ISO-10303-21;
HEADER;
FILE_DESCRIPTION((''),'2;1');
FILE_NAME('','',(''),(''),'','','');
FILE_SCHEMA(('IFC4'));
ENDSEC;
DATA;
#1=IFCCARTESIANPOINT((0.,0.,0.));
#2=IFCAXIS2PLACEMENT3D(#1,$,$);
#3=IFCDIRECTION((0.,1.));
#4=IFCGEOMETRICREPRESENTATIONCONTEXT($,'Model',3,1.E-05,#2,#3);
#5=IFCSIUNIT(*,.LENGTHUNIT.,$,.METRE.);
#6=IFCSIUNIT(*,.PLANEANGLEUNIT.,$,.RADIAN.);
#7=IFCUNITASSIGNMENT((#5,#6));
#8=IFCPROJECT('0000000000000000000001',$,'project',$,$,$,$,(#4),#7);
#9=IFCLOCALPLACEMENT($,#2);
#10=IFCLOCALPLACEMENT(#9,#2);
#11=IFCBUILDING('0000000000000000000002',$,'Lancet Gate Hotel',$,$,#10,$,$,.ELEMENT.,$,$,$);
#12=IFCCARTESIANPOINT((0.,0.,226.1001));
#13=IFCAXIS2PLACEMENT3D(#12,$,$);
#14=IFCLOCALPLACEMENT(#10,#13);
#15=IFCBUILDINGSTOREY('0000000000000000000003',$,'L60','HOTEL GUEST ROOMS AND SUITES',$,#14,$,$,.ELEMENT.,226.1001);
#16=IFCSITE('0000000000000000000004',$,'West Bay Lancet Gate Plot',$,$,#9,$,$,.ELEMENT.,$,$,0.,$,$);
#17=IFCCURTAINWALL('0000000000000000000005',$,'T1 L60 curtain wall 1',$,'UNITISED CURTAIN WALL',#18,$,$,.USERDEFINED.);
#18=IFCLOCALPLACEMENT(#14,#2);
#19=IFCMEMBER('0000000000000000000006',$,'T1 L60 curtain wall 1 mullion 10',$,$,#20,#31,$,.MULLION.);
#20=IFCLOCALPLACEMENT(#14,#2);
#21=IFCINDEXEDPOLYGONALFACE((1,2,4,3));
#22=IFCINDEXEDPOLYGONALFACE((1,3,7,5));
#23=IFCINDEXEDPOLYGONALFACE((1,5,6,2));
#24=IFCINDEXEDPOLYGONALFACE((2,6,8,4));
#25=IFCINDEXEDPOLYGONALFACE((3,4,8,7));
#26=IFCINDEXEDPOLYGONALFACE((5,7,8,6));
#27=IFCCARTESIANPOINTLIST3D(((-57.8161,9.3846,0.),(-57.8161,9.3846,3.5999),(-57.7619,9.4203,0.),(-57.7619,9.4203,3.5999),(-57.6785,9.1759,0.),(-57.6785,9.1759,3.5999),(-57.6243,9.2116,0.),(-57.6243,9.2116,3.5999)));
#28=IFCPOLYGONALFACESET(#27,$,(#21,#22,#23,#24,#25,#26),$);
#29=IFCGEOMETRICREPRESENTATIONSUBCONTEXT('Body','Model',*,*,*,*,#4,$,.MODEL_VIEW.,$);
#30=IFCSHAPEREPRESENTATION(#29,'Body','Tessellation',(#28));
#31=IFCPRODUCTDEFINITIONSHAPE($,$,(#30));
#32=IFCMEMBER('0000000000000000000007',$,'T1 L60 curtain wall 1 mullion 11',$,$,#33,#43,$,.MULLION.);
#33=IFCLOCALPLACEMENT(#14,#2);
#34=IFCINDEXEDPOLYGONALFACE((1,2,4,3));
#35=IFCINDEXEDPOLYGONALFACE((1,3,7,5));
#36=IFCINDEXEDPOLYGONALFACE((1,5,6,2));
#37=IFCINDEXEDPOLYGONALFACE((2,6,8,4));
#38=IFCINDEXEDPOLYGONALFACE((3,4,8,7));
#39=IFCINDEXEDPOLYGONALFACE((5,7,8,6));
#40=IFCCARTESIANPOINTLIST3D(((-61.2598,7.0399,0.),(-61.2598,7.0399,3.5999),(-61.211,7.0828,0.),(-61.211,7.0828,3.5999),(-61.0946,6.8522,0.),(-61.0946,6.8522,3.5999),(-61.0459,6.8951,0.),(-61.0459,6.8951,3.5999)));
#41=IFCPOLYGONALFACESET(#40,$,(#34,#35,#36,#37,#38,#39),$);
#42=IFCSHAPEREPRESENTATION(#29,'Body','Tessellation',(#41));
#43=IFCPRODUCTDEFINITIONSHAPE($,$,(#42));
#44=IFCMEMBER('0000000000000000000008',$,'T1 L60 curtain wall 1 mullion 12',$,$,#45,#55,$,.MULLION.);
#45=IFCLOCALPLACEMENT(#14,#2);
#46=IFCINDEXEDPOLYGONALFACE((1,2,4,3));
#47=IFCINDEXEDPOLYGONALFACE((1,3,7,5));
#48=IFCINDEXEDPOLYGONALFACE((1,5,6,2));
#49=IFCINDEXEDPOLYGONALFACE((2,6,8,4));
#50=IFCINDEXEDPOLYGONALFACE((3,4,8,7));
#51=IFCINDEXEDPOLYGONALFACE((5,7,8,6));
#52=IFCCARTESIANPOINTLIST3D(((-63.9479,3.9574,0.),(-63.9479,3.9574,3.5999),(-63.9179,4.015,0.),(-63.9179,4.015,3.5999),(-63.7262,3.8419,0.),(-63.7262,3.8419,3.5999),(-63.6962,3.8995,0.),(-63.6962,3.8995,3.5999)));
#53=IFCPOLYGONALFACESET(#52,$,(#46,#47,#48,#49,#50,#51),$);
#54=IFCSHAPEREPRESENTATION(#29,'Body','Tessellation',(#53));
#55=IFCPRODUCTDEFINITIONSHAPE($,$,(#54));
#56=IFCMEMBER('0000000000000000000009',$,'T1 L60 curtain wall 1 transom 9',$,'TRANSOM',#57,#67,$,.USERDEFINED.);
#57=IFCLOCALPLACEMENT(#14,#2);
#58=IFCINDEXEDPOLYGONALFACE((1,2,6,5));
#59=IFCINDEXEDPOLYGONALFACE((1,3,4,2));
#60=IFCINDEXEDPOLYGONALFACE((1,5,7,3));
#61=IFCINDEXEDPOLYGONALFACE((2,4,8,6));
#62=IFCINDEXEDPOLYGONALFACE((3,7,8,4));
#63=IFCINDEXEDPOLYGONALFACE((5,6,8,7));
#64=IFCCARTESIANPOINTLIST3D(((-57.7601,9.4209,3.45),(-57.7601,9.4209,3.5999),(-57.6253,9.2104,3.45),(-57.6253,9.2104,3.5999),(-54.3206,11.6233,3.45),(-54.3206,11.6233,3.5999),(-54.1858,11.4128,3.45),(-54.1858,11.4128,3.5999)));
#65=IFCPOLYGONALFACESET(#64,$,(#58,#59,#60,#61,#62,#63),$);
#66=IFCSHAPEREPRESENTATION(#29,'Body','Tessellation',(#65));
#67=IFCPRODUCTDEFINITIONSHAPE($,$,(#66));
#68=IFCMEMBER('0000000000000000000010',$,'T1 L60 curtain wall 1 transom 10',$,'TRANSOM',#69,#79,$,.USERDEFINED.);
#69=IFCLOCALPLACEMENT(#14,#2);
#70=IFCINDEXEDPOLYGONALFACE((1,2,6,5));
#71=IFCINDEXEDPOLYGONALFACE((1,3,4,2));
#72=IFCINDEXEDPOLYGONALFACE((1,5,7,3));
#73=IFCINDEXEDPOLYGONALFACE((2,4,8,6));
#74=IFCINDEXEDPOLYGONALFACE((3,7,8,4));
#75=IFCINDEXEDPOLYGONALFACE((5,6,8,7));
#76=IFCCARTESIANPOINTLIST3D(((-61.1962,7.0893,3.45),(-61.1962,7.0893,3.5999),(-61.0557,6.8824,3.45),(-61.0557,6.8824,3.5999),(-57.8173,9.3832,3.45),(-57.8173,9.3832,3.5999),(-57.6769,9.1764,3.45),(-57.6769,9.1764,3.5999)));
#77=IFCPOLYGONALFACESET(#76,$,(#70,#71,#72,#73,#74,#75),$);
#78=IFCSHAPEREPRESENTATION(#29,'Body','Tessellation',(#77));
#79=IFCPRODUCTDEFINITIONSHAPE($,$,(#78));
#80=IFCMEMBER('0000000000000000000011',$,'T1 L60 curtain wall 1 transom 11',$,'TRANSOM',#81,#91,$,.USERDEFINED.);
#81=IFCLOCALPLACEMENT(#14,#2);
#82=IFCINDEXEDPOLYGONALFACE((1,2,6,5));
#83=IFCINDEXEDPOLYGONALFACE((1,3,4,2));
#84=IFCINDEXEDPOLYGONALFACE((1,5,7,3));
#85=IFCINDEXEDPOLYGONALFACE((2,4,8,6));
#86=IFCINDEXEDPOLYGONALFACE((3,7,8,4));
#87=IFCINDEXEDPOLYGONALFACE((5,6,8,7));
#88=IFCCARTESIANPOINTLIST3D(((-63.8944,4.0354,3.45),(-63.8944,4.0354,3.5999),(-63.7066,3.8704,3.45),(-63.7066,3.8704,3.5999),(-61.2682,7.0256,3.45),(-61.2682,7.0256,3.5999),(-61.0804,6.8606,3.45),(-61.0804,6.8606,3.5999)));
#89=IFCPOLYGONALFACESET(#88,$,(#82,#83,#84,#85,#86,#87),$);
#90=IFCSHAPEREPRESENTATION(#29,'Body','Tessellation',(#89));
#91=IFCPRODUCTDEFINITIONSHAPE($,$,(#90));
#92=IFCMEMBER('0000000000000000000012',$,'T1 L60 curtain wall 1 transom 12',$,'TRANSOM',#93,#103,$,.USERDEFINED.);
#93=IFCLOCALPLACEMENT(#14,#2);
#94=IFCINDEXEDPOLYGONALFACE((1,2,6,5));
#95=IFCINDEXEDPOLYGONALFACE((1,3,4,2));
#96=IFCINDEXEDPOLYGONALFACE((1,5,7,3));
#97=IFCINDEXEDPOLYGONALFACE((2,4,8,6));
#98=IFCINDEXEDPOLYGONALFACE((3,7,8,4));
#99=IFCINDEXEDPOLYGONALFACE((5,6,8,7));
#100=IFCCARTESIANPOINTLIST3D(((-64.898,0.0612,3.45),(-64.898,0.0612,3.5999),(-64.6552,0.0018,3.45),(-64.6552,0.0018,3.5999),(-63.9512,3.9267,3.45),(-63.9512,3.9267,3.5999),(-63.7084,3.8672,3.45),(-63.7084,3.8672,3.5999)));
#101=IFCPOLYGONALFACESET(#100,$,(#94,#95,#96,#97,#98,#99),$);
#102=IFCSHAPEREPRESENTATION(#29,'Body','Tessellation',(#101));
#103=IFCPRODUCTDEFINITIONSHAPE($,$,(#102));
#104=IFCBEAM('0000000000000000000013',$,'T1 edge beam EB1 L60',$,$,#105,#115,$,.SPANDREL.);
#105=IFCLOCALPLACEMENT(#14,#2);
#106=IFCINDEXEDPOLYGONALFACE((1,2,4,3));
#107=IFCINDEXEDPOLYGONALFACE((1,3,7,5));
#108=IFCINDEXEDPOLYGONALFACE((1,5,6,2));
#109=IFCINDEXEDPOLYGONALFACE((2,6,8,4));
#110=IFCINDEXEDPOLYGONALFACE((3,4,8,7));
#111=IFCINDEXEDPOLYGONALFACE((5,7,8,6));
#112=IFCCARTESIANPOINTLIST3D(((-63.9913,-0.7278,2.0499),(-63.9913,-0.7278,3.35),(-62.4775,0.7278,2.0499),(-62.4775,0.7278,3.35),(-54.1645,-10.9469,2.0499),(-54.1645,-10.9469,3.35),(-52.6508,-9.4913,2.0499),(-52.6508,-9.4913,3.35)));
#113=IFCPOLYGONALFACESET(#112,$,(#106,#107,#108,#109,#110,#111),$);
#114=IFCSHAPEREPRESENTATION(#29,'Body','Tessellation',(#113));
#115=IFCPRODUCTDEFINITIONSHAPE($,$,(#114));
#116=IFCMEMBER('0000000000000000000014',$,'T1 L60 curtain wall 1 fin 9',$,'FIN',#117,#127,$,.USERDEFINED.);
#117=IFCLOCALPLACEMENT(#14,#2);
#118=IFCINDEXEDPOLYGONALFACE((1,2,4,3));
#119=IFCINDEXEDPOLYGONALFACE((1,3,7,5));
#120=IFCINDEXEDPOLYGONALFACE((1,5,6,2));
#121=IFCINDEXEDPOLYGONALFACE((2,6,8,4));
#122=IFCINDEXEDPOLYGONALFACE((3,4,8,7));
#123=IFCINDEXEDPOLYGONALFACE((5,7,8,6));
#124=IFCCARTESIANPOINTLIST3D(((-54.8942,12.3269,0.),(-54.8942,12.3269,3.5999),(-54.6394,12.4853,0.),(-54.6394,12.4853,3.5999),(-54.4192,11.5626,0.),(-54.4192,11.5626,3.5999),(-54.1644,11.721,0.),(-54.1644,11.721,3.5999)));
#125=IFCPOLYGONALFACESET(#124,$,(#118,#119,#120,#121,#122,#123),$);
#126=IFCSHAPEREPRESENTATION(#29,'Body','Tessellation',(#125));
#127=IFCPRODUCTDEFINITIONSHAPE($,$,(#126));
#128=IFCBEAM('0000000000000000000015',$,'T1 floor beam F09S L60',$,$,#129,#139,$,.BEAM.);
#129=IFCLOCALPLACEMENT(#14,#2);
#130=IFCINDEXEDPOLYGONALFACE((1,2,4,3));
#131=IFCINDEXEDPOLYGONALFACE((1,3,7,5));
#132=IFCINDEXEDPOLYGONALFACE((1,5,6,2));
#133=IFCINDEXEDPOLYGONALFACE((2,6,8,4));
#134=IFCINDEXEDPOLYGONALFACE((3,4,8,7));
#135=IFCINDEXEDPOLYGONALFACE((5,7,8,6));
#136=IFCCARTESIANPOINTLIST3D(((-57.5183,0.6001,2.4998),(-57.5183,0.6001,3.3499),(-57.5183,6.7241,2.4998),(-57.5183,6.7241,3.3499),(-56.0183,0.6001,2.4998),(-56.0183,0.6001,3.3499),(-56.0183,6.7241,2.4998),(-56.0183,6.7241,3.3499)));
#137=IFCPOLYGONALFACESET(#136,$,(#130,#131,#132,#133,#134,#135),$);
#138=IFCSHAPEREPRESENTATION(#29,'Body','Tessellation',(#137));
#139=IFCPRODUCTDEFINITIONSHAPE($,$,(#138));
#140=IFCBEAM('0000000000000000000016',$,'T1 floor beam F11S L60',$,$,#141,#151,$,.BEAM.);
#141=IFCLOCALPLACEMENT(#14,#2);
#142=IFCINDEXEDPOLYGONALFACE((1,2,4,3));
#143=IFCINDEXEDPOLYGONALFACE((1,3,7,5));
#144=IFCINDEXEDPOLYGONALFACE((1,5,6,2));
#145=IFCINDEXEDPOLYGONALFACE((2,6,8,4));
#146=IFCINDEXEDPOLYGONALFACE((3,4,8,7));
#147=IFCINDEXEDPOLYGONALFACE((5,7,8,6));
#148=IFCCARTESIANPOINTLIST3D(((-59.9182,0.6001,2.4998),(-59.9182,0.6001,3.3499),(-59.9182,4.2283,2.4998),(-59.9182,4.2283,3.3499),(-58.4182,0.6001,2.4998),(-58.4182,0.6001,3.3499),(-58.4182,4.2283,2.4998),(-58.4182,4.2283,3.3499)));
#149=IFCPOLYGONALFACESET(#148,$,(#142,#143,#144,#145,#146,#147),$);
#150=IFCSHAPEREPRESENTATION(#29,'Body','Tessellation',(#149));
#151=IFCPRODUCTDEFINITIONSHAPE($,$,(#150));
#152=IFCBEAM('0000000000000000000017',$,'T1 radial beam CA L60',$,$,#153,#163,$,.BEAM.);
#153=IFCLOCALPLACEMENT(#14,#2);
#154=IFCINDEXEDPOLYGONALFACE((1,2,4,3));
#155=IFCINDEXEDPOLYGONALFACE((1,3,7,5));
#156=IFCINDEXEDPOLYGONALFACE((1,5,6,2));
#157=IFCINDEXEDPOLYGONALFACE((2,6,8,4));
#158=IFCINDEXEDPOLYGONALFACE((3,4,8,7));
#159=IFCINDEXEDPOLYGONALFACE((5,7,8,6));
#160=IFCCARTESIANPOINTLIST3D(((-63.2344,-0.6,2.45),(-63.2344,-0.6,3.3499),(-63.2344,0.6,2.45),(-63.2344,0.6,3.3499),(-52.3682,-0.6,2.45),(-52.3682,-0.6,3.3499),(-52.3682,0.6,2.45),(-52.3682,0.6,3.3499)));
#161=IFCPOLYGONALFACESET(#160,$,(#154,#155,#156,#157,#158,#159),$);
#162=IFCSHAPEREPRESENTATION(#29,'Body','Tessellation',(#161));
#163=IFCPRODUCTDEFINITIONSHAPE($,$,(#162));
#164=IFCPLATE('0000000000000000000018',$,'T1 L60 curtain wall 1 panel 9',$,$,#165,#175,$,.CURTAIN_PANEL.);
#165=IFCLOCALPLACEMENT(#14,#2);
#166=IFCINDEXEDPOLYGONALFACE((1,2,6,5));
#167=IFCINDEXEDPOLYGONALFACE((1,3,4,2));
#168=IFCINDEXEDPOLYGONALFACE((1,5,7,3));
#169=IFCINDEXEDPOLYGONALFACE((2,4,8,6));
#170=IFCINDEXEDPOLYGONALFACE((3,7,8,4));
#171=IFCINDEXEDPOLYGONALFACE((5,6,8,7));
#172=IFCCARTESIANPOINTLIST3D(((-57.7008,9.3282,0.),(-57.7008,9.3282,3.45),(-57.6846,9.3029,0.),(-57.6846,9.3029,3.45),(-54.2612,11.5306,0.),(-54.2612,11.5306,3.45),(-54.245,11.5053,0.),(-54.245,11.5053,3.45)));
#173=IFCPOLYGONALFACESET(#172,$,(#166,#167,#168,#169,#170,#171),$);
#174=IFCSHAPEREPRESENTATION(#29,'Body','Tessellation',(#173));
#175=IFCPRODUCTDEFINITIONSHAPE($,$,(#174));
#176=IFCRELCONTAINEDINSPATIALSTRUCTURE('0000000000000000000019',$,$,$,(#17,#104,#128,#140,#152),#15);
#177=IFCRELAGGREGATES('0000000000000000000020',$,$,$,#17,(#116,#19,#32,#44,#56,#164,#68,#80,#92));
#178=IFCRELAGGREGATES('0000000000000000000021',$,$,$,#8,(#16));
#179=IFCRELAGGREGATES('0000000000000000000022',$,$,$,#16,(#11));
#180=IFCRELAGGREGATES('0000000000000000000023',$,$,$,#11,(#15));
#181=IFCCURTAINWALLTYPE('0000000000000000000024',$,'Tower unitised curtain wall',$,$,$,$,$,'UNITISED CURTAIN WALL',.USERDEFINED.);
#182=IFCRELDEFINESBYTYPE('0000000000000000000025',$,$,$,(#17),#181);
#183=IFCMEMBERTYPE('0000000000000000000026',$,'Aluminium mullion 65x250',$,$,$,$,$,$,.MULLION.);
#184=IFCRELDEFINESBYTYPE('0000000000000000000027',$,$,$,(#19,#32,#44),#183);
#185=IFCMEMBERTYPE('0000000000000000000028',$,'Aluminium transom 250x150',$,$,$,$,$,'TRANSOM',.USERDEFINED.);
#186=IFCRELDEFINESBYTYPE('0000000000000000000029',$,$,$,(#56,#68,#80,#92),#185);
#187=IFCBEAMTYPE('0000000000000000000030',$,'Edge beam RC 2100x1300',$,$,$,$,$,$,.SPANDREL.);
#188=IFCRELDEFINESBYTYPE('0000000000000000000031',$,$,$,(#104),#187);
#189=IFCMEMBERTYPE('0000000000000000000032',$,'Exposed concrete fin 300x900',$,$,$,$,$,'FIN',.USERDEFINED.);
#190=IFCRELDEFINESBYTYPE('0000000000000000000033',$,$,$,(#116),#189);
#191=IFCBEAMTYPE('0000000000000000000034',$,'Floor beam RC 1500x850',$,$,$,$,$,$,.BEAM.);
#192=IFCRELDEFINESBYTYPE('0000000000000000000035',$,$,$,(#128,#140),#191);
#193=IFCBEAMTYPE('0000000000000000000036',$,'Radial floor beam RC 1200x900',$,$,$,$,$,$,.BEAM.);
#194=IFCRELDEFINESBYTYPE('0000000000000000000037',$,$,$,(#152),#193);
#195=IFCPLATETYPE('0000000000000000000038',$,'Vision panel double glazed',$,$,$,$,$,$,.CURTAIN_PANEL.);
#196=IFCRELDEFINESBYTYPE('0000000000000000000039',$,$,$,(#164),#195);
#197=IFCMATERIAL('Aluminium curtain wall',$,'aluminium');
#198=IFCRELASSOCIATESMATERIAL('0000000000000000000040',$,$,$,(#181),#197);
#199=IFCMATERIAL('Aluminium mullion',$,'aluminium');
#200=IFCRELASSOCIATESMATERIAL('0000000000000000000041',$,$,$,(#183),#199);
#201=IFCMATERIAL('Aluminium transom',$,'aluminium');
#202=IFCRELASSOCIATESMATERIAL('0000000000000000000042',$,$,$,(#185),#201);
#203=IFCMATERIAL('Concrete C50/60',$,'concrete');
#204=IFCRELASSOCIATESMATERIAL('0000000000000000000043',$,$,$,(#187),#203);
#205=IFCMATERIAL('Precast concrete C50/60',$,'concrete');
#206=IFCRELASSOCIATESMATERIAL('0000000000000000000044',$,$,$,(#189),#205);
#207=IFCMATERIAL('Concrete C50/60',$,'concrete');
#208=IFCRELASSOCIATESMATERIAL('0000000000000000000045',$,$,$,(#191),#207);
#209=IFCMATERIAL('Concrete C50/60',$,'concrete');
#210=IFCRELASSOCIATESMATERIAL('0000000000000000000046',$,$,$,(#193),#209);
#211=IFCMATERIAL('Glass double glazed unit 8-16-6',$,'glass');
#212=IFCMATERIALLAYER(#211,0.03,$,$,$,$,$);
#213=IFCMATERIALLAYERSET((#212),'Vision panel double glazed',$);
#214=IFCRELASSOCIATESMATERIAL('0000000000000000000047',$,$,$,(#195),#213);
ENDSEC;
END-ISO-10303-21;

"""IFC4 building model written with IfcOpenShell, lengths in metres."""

from ifc_helpers import new_model, si_unit, direction, frame, origin, origin_2d, place, context, subcontext, project, spatial, rectangle, extrude, material, layer, layer_set, material_profile, profile_set, type_object, element, aggregate, save


model = new_model("IFC4")

# Units and contexts
model_context = context("Model", 3, precision=1e-05, world=origin(), true_north=direction((0.0, 1.0)))
body_context = subcontext(model_context, "Body", "Model", "MODEL_VIEW")
ifc_project = project(units=[si_unit("LENGTHUNIT", "METRE"), si_unit("PLANEANGLEUNIT", "RADIAN")], contexts=[model_context])

# Site, building, storey
site_placement = place(None, origin())
site = spatial("IfcSite", under=ifc_project, at=site_placement, Name="West Bay Lancet Gate Plot", CompositionType="ELEMENT", RefElevation=0.0)
building_placement = place(site_placement, origin())
building = spatial("IfcBuilding", under=site, at=building_placement, Name="Lancet Gate Hotel", CompositionType="ELEMENT")
storey_placement = place(building_placement, frame((0.0, 0.0, 226.1001)))
storey = spatial("IfcBuildingStorey", under=building, at=storey_placement, Name="L60", Description="HOTEL GUEST ROOMS AND SUITES", CompositionType="ELEMENT", Elevation=226.1001)

# Curtain wall, members
ifc_material_1 = material(Name="Aluminium curtain wall", Category="aluminium")
curtain_wall_type = type_object("IfcCurtainWallType", Name="Tower unitised curtain wall", ElementType="UNITISED CURTAIN WALL", PredefinedType="USERDEFINED", material=ifc_material_1)
curtain_wall_placement = place(storey_placement, origin())
curtain_wall = element("IfcCurtainWall", 1, at=curtain_wall_placement, inside=storey, type_object=curtain_wall_type, Name="T1 L60 curtain wall 1", ObjectType="UNITISED CURTAIN WALL", PredefinedType="USERDEFINED")
ifc_material_2 = material(Name="Aluminium mullion", Category="aluminium")
ifc_material_profile_1 = material_profile(ifc_material_2, rectangle(XDim=0.0649, YDim=0.25, at=origin_2d()), Name="MULLION 65x250")
ifc_profile_set_1 = profile_set([ifc_material_profile_1], Name="Aluminium mullion")
member_type_1 = type_object("IfcMemberType", Name="Aluminium mullion 65x250", PredefinedType="MULLION", material=ifc_profile_set_1)
member_1_placement = place(storey_placement, frame((-57.7202, 9.2981, 0.0), z_axis=(0.0, 0.0, 1.0), x_axis=(-0.834827, -0.550512, 0.0)))
member_1 = element("IfcMember", 2, at=member_1_placement, type_object=member_type_1, Name="T1 L60 curtain wall 1 mullion 10", PredefinedType="MULLION", context=body_context, shape_type="SweptSolid", body=[
    extrude(rectangle(XDim=0.0649, YDim=0.25, at=origin_2d()), origin(), (0.0, 0.0, 1.0), 3.5999),
])
member_2_placement = place(storey_placement, frame((-61.1528, 6.9675, 0.0), z_axis=(0.0, 0.0, 1.0), x_axis=(-0.750716, -0.660626, 0.0)))
member_2 = element("IfcMember", 3, at=member_2_placement, type_object=member_type_1, Name="T1 L60 curtain wall 1 mullion 11", PredefinedType="MULLION", context=body_context, shape_type="SweptSolid", body=[
    extrude(rectangle(XDim=0.0649, YDim=0.25, at=origin_2d()), origin(), (0.0, 0.0, 1.0), 3.5999),
])
member_3_placement = place(storey_placement, frame((-63.822, 3.9285, 0.0), z_axis=(0.0, 0.0, 1.0), x_axis=(-0.462178, -0.886787, 0.0)))
member_3 = element("IfcMember", 4, at=member_3_placement, type_object=member_type_1, Name="T1 L60 curtain wall 1 mullion 12", PredefinedType="MULLION", context=body_context, shape_type="SweptSolid", body=[
    extrude(rectangle(XDim=0.0649, YDim=0.25, at=origin_2d()), origin(), (0.0, 0.0, 1.0), 3.5999),
])
ifc_material_3 = material(Name="Aluminium transom", Category="aluminium")
ifc_material_profile_2 = material_profile(ifc_material_3, rectangle(XDim=0.25, YDim=0.1499, at=origin_2d()), Name="TRANSOM 250x150")
ifc_profile_set_2 = profile_set([ifc_material_profile_2], Name="Aluminium transom")
member_type_2 = type_object("IfcMemberType", Name="Aluminium transom 250x150", ElementType="TRANSOM", PredefinedType="USERDEFINED", material=ifc_profile_set_2)
member_4_placement = place(storey_placement, frame((-54.2532, 11.5181, 3.5249), z_axis=(-0.842144, -0.539252, 0.0), x_axis=(0.539252, -0.842144, 0.0)))
member_4 = element("IfcMember", 5, at=member_4_placement, type_object=member_type_2, Name="T1 L60 curtain wall 1 transom 9", ObjectType="TRANSOM", PredefinedType="USERDEFINED", context=body_context, shape_type="SweptSolid", body=[
    extrude(rectangle(XDim=0.25, YDim=0.1499, at=origin_2d()), origin(), (0.0, 0.0, 1.0), 4.0842),
])
member_5_placement = place(storey_placement, frame((-57.7471, 9.2798, 3.5249), z_axis=(-0.827349, -0.561689, 0.0), x_axis=(0.561689, -0.827349, 0.0)))
member_5 = element("IfcMember", 6, at=member_5_placement, type_object=member_type_2, Name="T1 L60 curtain wall 1 transom 10", ObjectType="TRANSOM", PredefinedType="USERDEFINED", context=body_context, shape_type="SweptSolid", body=[
    extrude(rectangle(XDim=0.25, YDim=0.1499, at=origin_2d()), origin(), (0.0, 0.0, 1.0), 4.084),
])
member_6_placement = place(storey_placement, frame((-61.1743, 6.9431, 3.5249), z_axis=(-0.659893, -0.751359, 0.0), x_axis=(0.751359, -0.659893, 0.0)))
member_6 = element("IfcMember", 7, at=member_6_placement, type_object=member_type_2, Name="T1 L60 curtain wall 1 transom 11", ObjectType="TRANSOM", PredefinedType="USERDEFINED", context=body_context, shape_type="SweptSolid", body=[
    extrude(rectangle(XDim=0.25, YDim=0.1499, at=origin_2d()), origin(), (0.0, 0.0, 1.0), 3.9797),
])
member_7_placement = place(storey_placement, frame((-63.8298, 3.897, 3.5249), z_axis=(-0.237899, -0.97129, 0.0), x_axis=(0.97129, -0.237899, 0.0)))
member_7 = element("IfcMember", 8, at=member_7_placement, type_object=member_type_2, Name="T1 L60 curtain wall 1 transom 12", ObjectType="TRANSOM", PredefinedType="USERDEFINED", context=body_context, shape_type="SweptSolid", body=[
    extrude(rectangle(XDim=0.25, YDim=0.1499, at=origin_2d()), origin(), (0.0, 0.0, 1.0), 3.9797),
])

# Beam
ifc_material_4 = material(Name="Concrete C50/60", Category="concrete")
ifc_material_profile_3 = material_profile(ifc_material_4, rectangle(XDim=2.1001, YDim=1.3, at=origin_2d()), Name="RC 2100x1300")
ifc_profile_set_3 = profile_set([ifc_material_profile_3], Name="Concrete C50/60")
beam_type_1 = type_object("IfcBeamType", Name="Edge beam RC 2100x1300", PredefinedType="SPANDREL", material=ifc_profile_set_3)
beam_1_placement = place(storey_placement, frame((-63.2344, 0.0, 2.7), z_axis=(0.693135, -0.720808, 0.0), x_axis=(0.720808, 0.693135, 0.0)))
element("IfcBeam", 9, at=beam_1_placement, inside=storey, type_object=beam_type_1, Name="T1 edge beam EB1 L60", PredefinedType="SPANDREL", context=body_context, shape_type="SweptSolid", body=[
    extrude(rectangle(XDim=2.1001, YDim=1.3, at=origin_2d()), origin(), (0.0, 0.0, 1.0), 14.1772),
])

# Member
ifc_material_5 = material(Name="Precast concrete C50/60", Category="concrete")
ifc_material_profile_4 = material_profile(ifc_material_5, rectangle(XDim=0.3, YDim=0.8999, at=origin_2d()), Name="FIN 300x900")
ifc_profile_set_4 = profile_set([ifc_material_profile_4], Name="Precast concrete C50/60")
member_type_3 = type_object("IfcMemberType", Name="Exposed concrete fin 300x900", ElementType="FIN", PredefinedType="USERDEFINED", material=ifc_profile_set_4)
member_8_placement = place(storey_placement, frame((-54.5293, 12.0239, 0.0), z_axis=(0.0, 0.0, 1.0), x_axis=(-0.849342, -0.527842, 0.0)))
member_8 = element("IfcMember", 10, at=member_8_placement, type_object=member_type_3, Name="T1 L60 curtain wall 1 fin 9", ObjectType="FIN", PredefinedType="USERDEFINED", context=body_context, shape_type="SweptSolid", body=[
    extrude(rectangle(XDim=0.3, YDim=0.8999, at=origin_2d()), origin(), (0.0, 0.0, 1.0), 3.5999),
])

# Beams
ifc_material_6 = material(Name="Concrete C50/60", Category="concrete")
ifc_material_profile_5 = material_profile(ifc_material_6, rectangle(XDim=1.5, YDim=0.8501, at=origin_2d()), Name="RC 1500x850")
ifc_profile_set_5 = profile_set([ifc_material_profile_5], Name="Concrete C50/60")
beam_type_2 = type_object("IfcBeamType", Name="Floor beam RC 1500x850", PredefinedType="BEAM", material=ifc_profile_set_5)
beam_2_placement = place(storey_placement, frame((-56.7683, 6.7241, 2.9248), z_axis=(0.0, -1.0, 0.0), x_axis=(1.0, 0.0, 0.0)))
element("IfcBeam", 11, at=beam_2_placement, inside=storey, type_object=beam_type_2, Name="T1 floor beam F09S L60", PredefinedType="BEAM", context=body_context, shape_type="SweptSolid", body=[
    extrude(rectangle(XDim=1.5, YDim=0.8501, at=origin_2d()), origin(), (0.0, 0.0, 1.0), 6.124),
])
beam_3_placement = place(storey_placement, frame((-59.1682, 4.2283, 2.9248), z_axis=(0.0, -1.0, 0.0), x_axis=(1.0, 0.0, 0.0)))
element("IfcBeam", 12, at=beam_3_placement, inside=storey, type_object=beam_type_2, Name="T1 floor beam F11S L60", PredefinedType="BEAM", context=body_context, shape_type="SweptSolid", body=[
    extrude(rectangle(XDim=1.5, YDim=0.8501, at=origin_2d()), origin(), (0.0, 0.0, 1.0), 3.6282),
])
ifc_material_7 = material(Name="Concrete C50/60", Category="concrete")
ifc_material_profile_6 = material_profile(ifc_material_7, rectangle(XDim=1.2, YDim=0.8999, at=origin_2d()), Name="RC 1200x900")
ifc_profile_set_6 = profile_set([ifc_material_profile_6], Name="Concrete C50/60")
beam_type_3 = type_object("IfcBeamType", Name="Radial floor beam RC 1200x900", PredefinedType="BEAM", material=ifc_profile_set_6)
beam_4_placement = place(storey_placement, frame((-63.2344, 0.0, 2.8999), z_axis=(1.0, 0.0, 0.0), x_axis=(0.0, 1.0, 0.0)))
element("IfcBeam", 13, at=beam_4_placement, inside=storey, type_object=beam_type_3, Name="T1 radial beam CA L60", PredefinedType="BEAM", context=body_context, shape_type="SweptSolid", body=[
    extrude(rectangle(XDim=1.2, YDim=0.8999, at=origin_2d()), origin(), (0.0, 0.0, 1.0), 10.8662),
])

# Plate
ifc_material_8 = material(Name="Glass double glazed unit 8-16-6", Category="glass")
ifc_layer_1 = layer(ifc_material_8, 0.03)
ifc_layer_set_1 = layer_set([ifc_layer_1], Name="Vision panel double glazed")
plate_type = type_object("IfcPlateType", Name="Vision panel double glazed", PredefinedType="CURTAIN_PANEL", material=ifc_layer_set_1)
plate_1_placement = place(storey_placement, frame((-55.9729, 10.4167, 0.0), z_axis=(0.0, 0.0, 1.0), x_axis=(-0.842161, -0.539226, 0.0)))
plate_1 = element("IfcPlate", 14, at=plate_1_placement, type_object=plate_type, Name="T1 L60 curtain wall 1 panel 9", PredefinedType="CURTAIN_PANEL", context=body_context, shape_type="SweptSolid", body=[
    extrude(rectangle(XDim=4.0842, YDim=0.03, at=origin_2d()), origin(), (0.0, 0.0, 1.0), 3.45),
])
aggregate(curtain_wall, [member_8, member_1, member_2, member_3, member_4, plate_1, member_5, member_6, member_7])

save(model, "model.ifc")
